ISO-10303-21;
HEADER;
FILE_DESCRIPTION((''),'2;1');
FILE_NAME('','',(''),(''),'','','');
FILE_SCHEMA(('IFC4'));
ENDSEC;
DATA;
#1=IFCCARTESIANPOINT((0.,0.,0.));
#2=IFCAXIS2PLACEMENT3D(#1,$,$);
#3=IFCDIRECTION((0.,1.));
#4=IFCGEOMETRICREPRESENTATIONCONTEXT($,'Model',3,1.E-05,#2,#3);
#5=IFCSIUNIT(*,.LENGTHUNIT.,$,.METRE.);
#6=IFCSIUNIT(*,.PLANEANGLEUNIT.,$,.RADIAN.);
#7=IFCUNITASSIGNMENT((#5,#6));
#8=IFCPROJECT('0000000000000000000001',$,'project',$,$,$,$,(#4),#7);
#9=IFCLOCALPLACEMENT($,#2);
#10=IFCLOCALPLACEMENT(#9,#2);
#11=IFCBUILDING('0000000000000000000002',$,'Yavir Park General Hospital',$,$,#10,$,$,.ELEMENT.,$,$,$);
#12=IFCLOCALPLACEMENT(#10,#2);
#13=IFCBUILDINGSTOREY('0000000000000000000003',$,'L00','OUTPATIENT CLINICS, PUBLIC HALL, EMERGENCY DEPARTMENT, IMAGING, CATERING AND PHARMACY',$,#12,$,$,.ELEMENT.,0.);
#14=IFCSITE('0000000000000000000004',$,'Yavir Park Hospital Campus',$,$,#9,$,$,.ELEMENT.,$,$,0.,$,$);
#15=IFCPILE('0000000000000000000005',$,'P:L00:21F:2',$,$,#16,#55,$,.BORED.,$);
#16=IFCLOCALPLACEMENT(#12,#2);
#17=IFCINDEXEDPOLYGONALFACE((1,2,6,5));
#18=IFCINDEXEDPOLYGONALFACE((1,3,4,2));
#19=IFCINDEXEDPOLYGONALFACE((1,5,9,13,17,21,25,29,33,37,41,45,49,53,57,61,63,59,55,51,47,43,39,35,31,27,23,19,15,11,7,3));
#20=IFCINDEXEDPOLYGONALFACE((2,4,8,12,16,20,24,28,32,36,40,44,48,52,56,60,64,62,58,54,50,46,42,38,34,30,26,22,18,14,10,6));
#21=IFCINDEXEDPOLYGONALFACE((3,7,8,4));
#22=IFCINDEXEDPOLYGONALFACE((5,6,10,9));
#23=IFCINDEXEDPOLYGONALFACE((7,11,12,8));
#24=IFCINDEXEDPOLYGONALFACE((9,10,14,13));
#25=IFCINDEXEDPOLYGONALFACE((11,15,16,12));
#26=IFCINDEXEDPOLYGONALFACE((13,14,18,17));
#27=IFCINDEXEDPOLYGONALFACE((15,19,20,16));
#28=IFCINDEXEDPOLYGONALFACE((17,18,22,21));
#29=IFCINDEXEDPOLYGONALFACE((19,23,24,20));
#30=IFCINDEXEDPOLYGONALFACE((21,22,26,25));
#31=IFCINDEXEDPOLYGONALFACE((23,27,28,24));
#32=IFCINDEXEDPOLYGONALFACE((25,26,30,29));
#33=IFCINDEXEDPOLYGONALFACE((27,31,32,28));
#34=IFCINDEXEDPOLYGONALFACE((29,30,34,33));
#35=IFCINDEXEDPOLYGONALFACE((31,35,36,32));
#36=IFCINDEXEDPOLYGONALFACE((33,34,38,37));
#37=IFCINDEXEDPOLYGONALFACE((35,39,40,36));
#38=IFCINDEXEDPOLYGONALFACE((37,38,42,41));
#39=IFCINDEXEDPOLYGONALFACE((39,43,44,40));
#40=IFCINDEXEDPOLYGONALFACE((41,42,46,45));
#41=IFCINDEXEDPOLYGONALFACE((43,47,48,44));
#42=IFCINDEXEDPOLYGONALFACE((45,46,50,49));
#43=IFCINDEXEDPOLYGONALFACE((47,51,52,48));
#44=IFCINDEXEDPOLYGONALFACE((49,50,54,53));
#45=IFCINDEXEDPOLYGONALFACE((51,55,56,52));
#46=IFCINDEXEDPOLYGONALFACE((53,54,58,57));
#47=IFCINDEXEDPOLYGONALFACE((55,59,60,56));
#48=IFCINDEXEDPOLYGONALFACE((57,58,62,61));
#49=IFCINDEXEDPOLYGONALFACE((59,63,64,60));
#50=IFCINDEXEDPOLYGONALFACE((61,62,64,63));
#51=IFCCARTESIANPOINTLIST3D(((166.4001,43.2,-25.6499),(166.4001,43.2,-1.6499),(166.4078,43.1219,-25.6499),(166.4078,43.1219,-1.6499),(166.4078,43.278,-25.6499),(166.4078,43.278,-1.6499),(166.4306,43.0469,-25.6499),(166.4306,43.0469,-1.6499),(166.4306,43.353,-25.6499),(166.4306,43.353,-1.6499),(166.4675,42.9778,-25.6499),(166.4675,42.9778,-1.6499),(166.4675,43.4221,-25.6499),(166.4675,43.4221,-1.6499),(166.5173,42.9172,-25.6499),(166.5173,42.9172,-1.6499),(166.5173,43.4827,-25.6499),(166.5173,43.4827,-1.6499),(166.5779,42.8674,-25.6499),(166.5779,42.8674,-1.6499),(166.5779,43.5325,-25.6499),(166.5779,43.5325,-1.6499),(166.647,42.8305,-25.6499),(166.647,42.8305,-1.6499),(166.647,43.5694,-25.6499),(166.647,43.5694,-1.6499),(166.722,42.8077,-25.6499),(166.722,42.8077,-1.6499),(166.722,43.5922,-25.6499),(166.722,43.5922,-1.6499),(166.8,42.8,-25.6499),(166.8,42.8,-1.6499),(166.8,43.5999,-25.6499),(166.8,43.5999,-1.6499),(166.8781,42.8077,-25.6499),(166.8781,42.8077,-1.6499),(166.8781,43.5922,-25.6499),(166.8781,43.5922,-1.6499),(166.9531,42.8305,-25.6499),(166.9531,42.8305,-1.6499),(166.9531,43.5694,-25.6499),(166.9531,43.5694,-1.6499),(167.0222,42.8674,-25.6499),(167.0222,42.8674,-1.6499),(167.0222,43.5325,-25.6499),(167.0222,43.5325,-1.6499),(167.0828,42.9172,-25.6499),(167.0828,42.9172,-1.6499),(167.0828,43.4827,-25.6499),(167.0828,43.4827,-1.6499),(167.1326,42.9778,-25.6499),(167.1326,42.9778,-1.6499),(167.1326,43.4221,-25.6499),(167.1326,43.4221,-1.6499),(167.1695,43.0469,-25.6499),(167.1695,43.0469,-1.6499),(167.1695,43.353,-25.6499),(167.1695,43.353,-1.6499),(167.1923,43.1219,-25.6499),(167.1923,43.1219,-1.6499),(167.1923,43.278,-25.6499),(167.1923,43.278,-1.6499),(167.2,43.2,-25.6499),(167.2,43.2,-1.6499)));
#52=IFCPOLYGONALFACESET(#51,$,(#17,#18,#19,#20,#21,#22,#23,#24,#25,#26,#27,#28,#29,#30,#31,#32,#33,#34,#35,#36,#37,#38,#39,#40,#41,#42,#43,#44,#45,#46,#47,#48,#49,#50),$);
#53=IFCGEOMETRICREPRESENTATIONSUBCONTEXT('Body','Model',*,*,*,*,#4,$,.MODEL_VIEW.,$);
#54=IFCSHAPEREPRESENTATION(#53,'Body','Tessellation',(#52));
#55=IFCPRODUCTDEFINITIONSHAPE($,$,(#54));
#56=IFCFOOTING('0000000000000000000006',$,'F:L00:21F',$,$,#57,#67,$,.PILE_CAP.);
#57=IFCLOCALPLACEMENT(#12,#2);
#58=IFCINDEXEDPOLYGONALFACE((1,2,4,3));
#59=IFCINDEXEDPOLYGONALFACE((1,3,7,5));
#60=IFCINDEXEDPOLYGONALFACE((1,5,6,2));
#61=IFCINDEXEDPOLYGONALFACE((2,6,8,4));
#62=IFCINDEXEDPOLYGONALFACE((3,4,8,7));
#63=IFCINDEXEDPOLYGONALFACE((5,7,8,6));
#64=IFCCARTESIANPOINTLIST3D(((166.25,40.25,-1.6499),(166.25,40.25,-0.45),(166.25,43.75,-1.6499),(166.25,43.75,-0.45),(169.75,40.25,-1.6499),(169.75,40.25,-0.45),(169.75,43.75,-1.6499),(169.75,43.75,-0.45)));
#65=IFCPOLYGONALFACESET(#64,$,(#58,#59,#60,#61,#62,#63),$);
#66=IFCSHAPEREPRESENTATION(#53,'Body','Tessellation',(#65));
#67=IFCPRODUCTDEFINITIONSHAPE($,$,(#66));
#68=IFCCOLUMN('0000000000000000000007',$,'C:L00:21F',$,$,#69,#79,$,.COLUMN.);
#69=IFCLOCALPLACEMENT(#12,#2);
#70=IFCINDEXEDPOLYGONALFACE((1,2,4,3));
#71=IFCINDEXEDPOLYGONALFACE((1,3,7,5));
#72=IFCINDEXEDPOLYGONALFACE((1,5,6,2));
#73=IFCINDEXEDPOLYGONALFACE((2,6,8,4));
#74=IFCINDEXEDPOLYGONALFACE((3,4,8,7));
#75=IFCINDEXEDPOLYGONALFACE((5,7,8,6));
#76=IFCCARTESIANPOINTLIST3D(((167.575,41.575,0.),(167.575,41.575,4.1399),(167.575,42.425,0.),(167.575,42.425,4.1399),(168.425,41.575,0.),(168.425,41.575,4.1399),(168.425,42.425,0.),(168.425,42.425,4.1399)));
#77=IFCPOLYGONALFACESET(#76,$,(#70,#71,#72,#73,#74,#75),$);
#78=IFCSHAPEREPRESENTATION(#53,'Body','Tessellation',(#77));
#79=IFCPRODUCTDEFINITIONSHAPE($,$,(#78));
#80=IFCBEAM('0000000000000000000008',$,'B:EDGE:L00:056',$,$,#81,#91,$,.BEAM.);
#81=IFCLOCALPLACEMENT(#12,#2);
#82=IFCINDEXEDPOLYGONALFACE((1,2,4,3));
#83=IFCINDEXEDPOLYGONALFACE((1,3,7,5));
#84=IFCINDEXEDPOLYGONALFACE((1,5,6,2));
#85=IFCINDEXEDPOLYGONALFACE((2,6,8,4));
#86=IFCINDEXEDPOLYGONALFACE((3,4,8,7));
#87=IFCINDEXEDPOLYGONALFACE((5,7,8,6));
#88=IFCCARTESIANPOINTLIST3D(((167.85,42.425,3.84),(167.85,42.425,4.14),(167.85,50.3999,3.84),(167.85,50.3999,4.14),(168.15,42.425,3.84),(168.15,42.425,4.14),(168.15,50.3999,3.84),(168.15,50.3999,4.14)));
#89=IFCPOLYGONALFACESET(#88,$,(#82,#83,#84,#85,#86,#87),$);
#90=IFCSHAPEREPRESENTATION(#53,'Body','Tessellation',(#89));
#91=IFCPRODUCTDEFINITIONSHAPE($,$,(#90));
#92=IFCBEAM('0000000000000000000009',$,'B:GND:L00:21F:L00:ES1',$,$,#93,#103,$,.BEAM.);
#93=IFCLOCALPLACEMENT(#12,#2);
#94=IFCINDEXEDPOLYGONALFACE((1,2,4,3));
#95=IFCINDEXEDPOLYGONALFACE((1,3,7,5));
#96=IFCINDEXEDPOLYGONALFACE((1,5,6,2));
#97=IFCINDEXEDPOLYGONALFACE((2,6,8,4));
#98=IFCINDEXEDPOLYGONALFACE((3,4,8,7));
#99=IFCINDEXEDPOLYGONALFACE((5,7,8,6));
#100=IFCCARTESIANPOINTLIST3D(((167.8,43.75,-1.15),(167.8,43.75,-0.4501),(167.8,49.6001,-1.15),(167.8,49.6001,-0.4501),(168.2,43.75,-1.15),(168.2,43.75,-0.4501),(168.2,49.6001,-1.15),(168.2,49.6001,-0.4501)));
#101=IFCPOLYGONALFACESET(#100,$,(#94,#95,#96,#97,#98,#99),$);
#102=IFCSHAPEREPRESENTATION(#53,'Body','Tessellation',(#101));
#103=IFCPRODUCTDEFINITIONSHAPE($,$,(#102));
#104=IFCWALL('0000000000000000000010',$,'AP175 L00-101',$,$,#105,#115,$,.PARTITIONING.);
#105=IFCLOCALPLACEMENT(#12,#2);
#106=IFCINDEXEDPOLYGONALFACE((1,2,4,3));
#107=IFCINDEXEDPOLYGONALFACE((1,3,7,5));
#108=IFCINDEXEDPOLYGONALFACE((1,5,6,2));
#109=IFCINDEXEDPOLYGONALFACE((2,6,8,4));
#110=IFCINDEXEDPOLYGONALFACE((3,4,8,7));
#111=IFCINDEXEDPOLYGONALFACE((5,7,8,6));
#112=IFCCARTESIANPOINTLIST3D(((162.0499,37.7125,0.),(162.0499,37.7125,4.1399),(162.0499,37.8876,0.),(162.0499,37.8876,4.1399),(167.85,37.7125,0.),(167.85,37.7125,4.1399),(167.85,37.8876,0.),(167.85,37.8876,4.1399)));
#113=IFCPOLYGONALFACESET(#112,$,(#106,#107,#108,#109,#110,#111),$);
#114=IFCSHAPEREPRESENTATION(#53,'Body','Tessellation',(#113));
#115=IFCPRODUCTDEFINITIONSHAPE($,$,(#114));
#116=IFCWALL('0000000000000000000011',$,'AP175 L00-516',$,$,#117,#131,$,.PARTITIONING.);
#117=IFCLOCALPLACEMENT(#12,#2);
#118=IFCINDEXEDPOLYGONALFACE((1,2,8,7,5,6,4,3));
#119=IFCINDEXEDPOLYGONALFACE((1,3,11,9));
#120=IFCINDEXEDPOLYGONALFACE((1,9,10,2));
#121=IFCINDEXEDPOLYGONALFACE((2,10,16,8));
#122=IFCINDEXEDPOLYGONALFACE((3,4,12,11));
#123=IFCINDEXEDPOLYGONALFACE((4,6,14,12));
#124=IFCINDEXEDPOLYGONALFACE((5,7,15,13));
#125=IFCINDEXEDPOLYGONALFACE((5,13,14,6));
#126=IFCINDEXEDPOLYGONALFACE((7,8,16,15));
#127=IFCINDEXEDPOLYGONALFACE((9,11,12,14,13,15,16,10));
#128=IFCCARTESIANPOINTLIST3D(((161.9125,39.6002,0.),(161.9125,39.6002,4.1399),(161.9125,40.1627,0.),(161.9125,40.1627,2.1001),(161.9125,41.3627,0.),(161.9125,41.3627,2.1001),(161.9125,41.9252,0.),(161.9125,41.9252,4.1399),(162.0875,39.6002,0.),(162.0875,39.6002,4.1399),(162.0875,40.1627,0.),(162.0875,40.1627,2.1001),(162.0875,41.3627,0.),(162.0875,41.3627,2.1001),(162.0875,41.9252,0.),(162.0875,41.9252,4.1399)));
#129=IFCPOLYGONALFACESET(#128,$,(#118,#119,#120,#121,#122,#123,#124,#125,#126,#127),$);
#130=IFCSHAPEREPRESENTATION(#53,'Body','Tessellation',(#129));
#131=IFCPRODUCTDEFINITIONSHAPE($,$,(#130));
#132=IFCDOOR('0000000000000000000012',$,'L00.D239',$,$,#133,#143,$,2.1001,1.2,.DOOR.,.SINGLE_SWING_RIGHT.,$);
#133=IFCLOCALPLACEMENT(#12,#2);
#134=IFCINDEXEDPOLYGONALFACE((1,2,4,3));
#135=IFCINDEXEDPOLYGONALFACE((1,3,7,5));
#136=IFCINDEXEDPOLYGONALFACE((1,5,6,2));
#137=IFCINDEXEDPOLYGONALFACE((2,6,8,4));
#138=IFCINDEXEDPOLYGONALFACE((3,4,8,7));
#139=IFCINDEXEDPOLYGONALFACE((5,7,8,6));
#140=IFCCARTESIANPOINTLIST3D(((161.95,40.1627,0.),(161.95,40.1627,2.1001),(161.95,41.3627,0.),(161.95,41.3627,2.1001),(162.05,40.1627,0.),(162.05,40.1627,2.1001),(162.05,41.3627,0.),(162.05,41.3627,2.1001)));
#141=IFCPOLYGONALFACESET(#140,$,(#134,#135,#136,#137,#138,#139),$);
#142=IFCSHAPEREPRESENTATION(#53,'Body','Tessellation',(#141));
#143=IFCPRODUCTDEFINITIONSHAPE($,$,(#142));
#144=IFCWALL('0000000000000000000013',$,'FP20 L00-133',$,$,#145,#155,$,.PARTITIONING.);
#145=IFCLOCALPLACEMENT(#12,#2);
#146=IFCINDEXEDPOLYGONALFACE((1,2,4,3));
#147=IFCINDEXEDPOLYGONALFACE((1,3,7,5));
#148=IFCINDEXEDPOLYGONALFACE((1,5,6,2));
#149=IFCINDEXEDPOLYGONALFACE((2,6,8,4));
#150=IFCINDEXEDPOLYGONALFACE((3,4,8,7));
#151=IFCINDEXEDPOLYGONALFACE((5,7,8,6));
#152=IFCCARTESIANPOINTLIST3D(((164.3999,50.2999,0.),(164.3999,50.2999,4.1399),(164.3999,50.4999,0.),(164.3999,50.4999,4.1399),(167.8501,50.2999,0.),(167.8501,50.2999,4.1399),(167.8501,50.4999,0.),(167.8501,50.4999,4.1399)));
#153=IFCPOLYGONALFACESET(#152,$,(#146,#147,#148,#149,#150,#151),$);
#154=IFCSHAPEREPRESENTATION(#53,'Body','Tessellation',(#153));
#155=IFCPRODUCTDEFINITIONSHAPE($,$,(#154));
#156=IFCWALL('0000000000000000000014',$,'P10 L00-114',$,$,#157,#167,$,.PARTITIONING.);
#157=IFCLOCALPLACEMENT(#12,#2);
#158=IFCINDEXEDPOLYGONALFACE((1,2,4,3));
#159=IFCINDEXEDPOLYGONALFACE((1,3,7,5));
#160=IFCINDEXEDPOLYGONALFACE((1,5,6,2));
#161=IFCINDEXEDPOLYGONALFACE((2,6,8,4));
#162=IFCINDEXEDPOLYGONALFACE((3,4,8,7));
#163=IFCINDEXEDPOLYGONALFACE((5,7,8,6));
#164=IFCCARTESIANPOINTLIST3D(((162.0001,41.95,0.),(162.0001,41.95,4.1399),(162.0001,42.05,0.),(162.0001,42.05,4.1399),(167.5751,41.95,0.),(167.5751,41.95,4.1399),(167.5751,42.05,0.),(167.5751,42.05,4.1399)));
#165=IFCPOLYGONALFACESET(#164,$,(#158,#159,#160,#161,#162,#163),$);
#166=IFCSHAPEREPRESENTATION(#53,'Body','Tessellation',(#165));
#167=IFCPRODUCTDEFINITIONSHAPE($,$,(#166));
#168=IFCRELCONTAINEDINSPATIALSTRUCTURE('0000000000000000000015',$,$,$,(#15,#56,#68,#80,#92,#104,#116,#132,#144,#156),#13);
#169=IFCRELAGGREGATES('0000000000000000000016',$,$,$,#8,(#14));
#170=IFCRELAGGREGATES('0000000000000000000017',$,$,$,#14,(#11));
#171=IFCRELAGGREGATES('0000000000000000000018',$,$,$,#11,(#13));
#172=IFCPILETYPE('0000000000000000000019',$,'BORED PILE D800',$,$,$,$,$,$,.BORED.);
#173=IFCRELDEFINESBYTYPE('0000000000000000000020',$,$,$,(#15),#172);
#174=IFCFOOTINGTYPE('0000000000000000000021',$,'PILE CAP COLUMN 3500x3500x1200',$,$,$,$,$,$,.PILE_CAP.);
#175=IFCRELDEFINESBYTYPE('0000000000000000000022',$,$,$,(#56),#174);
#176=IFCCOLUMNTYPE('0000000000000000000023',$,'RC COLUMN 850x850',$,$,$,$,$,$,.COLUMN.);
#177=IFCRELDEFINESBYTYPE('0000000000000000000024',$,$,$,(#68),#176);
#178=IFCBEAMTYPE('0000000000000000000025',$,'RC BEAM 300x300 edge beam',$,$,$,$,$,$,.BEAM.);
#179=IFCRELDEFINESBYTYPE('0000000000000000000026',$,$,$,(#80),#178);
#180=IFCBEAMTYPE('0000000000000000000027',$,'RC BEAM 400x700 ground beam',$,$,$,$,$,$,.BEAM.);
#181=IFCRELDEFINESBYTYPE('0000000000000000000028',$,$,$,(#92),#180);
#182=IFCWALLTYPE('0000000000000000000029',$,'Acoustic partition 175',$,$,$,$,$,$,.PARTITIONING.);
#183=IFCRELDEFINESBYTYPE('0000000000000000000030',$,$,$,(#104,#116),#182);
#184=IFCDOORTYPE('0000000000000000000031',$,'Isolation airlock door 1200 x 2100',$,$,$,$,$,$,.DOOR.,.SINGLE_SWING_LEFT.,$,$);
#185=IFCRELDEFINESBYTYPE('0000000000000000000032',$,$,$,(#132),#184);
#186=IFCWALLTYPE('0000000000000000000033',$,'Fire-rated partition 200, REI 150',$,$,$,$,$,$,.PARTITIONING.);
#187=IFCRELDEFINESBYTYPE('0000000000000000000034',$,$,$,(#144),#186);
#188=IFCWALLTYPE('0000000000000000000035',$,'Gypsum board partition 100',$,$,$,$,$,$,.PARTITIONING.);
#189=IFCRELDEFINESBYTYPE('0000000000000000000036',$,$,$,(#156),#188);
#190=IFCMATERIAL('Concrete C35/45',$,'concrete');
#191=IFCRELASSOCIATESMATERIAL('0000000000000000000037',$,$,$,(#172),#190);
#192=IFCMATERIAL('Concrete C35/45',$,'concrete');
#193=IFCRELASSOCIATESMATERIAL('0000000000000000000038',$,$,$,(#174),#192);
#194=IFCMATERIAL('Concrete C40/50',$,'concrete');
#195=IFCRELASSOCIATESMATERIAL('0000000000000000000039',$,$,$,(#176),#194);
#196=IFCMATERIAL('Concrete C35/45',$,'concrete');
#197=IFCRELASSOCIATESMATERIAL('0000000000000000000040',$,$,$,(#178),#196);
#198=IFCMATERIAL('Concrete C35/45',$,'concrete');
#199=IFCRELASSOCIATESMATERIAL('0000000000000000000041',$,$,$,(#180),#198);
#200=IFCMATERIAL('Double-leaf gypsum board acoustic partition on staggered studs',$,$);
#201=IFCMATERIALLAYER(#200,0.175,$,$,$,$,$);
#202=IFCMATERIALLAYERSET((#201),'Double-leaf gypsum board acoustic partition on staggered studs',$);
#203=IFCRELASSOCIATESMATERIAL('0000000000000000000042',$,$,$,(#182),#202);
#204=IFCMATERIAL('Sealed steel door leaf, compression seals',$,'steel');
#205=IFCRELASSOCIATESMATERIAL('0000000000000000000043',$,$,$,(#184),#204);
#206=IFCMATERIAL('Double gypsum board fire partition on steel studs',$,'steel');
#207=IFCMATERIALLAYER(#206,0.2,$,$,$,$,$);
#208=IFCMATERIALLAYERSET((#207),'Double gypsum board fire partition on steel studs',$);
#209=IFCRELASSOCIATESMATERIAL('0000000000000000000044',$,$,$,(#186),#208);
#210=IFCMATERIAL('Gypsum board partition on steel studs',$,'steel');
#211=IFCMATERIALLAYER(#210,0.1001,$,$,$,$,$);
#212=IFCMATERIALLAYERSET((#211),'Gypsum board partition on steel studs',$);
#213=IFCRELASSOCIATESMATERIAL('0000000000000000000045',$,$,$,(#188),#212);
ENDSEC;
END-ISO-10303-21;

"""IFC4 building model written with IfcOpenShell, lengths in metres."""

from ifc_helpers import new_model, si_unit, direction, frame, frame_2d, origin, origin_2d, place, context, subcontext, project, spatial, rectangle, circle, extrude, material, layer, layer_set, material_profile, profile_set, type_object, element, fill, save


model = new_model("IFC4")

# Units and contexts
model_context = context("Model", 3, precision=1e-05, world=origin(), true_north=direction((0.0, 1.0)))
body_context = subcontext(model_context, "Body", "Model", "MODEL_VIEW")
ifc_project = project(units=[si_unit("LENGTHUNIT", "METRE"), si_unit("PLANEANGLEUNIT", "RADIAN")], contexts=[model_context])

# Site, building, storey
site_placement = place(None, origin())
site = spatial("IfcSite", under=ifc_project, at=site_placement, Name="Yavir Park Hospital Campus", CompositionType="ELEMENT", RefElevation=0.0)
building_placement = place(site_placement, origin())
building = spatial("IfcBuilding", under=site, at=building_placement, Name="Yavir Park General Hospital", CompositionType="ELEMENT")
storey_placement = place(building_placement, origin())
storey = spatial("IfcBuildingStorey", under=building, at=storey_placement, Name="L00", Description="OUTPATIENT CLINICS, PUBLIC HALL, EMERGENCY DEPARTMENT, IMAGING, CATERING AND PHARMACY", CompositionType="ELEMENT", Elevation=0.0)

# Pile
ifc_material_1 = material(Name="Concrete C35/45", Category="concrete")
ifc_material_profile_1 = material_profile(ifc_material_1, circle(Radius=0.3999, at=origin_2d()), Name="D800")
ifc_profile_set_1 = profile_set([ifc_material_profile_1], Name="Concrete C35/45")
pile_type_1 = type_object("IfcPileType", Name="BORED PILE D800", PredefinedType="BORED", material=ifc_profile_set_1)
for number, where, z_axis, x_axis, name in (
    (1, (166.8, 43.2, -1.6499), (0.0, 0.0, -1.0), (1.0, 0.0, 0.0), "P:L00:21F:2"),
):
    element("IfcPile", number, at=place(storey_placement, frame(where, z_axis=z_axis, x_axis=x_axis)), inside=storey, type_object=pile_type_1, Name=name, PredefinedType="BORED", context=body_context, shape_type="SweptSolid", body=[
        extrude(circle(Radius=0.3999, at=origin_2d()), origin(), (0.0, 0.0, 1.0), 24.0),
    ])

# Footing
ifc_material_2 = material(Name="Concrete C35/45", Category="concrete")
footing_type = type_object("IfcFootingType", Name="PILE CAP COLUMN 3500x3500x1200", PredefinedType="PILE_CAP", material=ifc_material_2)
footing_placement = place(storey_placement, frame((168.0, 42.0, -1.6499), z_axis=(0.0, 0.0, 1.0), x_axis=(1.0, 0.0, 0.0)))
element("IfcFooting", 2, at=footing_placement, inside=storey, type_object=footing_type, Name="F:L00:21F", PredefinedType="PILE_CAP", context=body_context, shape_type="SweptSolid", body=[
    extrude(rectangle(XDim=3.5, YDim=3.5, at=origin_2d()), origin(), (0.0, 0.0, 1.0), 1.2),
])

# Column
ifc_material_3 = material(Name="Concrete C40/50", Category="concrete")
ifc_material_profile_2 = material_profile(ifc_material_3, rectangle(XDim=0.8501, YDim=0.8501, at=origin_2d()), Name="RC850x850")
ifc_profile_set_2 = profile_set([ifc_material_profile_2], Name="Concrete C40/50")
column_type = type_object("IfcColumnType", Name="RC COLUMN 850x850", PredefinedType="COLUMN", material=ifc_profile_set_2)
column_placement = place(storey_placement, frame((168.0, 42.0, 0.0), z_axis=(0.0, 0.0, 1.0), x_axis=(1.0, 0.0, 0.0)))
element("IfcColumn", 3, at=column_placement, inside=storey, type_object=column_type, Name="C:L00:21F", PredefinedType="COLUMN", context=body_context, shape_type="SweptSolid", body=[
    extrude(rectangle(XDim=0.8501, YDim=0.8501, at=origin_2d()), origin(), (0.0, 0.0, 1.0), 4.1399),
])

# Beams
ifc_material_4 = material(Name="Concrete C35/45", Category="concrete")
ifc_material_profile_3 = material_profile(ifc_material_4, rectangle(XDim=0.3, YDim=0.3, at=origin_2d()), Name="RC300x300")
ifc_profile_set_3 = profile_set([ifc_material_profile_3], Name="Concrete C35/45")
beam_type_1 = type_object("IfcBeamType", Name="RC BEAM 300x300 edge beam", PredefinedType="BEAM", material=ifc_profile_set_3)
beam_1_placement = place(storey_placement, frame((168.0, 42.425, 3.99), z_axis=(0.0, 1.0, 0.0), x_axis=(-1.0, 0.0, 0.0)))
element("IfcBeam", 4, at=beam_1_placement, inside=storey, type_object=beam_type_1, Name="B:EDGE:L00:056", PredefinedType="BEAM", context=body_context, shape_type="SweptSolid", body=[
    extrude(rectangle(XDim=0.3, YDim=0.3, at=origin_2d()), origin(), (0.0, 0.0, 1.0), 7.9749),
])
ifc_material_5 = material(Name="Concrete C35/45", Category="concrete")
ifc_material_profile_4 = material_profile(ifc_material_5, rectangle(XDim=0.3999, YDim=0.7, at=origin_2d()), Name="RC400x700")
ifc_profile_set_4 = profile_set([ifc_material_profile_4], Name="Concrete C35/45")
beam_type_2 = type_object("IfcBeamType", Name="RC BEAM 400x700 ground beam", PredefinedType="BEAM", material=ifc_profile_set_4)
beam_2_placement = place(storey_placement, frame((168.0, 43.75, -0.8), z_axis=(0.0, 1.0, 0.0), x_axis=(-1.0, 0.0, 0.0)))
element("IfcBeam", 5, at=beam_2_placement, inside=storey, type_object=beam_type_2, Name="B:GND:L00:21F:L00:ES1", PredefinedType="BEAM", context=body_context, shape_type="SweptSolid", body=[
    extrude(rectangle(XDim=0.3999, YDim=0.7, at=origin_2d()), origin(), (0.0, 0.0, 1.0), 5.8501),
])

# Wall
ifc_material_6 = material(Name="Double-leaf gypsum board acoustic partition on staggered studs")
ifc_layer_1 = layer(ifc_material_6, 0.175)
ifc_layer_set_1 = layer_set([ifc_layer_1], Name="Double-leaf gypsum board acoustic partition on staggered studs")
wall_type_1 = type_object("IfcWallType", Name="Acoustic partition 175", PredefinedType="PARTITIONING", material=ifc_layer_set_1)
wall_1_placement = place(storey_placement, frame((162.05, 37.8, 0.0), z_axis=(0.0, 0.0, 1.0), x_axis=(1.0, 0.0, 0.0)))
element("IfcWall", 6, at=wall_1_placement, inside=storey, type_object=wall_type_1, Name="AP175 L00-101", PredefinedType="PARTITIONING", context=body_context, shape_type="SweptSolid", body=[
    extrude(rectangle(XDim=5.8, YDim=0.175, at=frame_2d((2.8999, 0.0))), origin(), (0.0, 0.0, 1.0), 4.1399),
])

# Wall, opening, door
wall_2_placement = place(storey_placement, frame((162.0, 39.6001, 0.0), z_axis=(0.0, 0.0, 1.0), x_axis=(0.0, 1.0, 0.0)))
wall_2 = element("IfcWall", 7, at=wall_2_placement, inside=storey, type_object=wall_type_1, Name="AP175 L00-516", PredefinedType="PARTITIONING", context=body_context, shape_type="SweptSolid", body=[
    extrude(rectangle(XDim=2.325, YDim=0.175, at=frame_2d((1.1626, 0.0))), origin(), (0.0, 0.0, 1.0), 4.1399),
])
opening_1_placement = place(wall_2_placement, frame((0.5625, 0.0, 0.0)))
opening_1 = element("IfcOpeningElement", 8, at=opening_1_placement, cuts=wall_2, PredefinedType="OPENING", context=body_context, shape_type="SweptSolid", body=[
    extrude(rectangle(XDim=1.2, YDim=2.1001, at=frame_2d((0.6001, 1.05))), frame((0.0, 0.0974, 0.0), z_axis=(0.0, -1.0, 0.0), x_axis=(1.0, 0.0, 0.0)), (0.0, 0.0, 1.0), 0.1951),
])
ifc_material_7 = material(Name="Sealed steel door leaf, compression seals", Category="steel")
door_type_1 = type_object("IfcDoorType", Name="Isolation airlock door 1200 x 2100", OperationType="SINGLE_SWING_LEFT", PredefinedType="DOOR", material=ifc_material_7)
door_1_placement = place(opening_1_placement, origin())
door_1 = element("IfcDoor", 9, at=door_1_placement, inside=storey, type_object=door_type_1, Name="L00.D239", OperationType="SINGLE_SWING_RIGHT", OverallHeight=2.1001, OverallWidth=1.2, PredefinedType="DOOR", context=body_context, shape_type="SweptSolid", body=[
    extrude(rectangle(XDim=1.2, YDim=2.1001, at=frame_2d((0.6001, 1.05))), frame((0.0, 0.05, 0.0), z_axis=(0.0, -1.0, 0.0), x_axis=(1.0, 0.0, 0.0)), (0.0, 0.0, 1.0), 0.1001),
])
fill(opening_1, door_1)

# Walls
ifc_material_8 = material(Name="Double gypsum board fire partition on steel studs", Category="steel")
ifc_layer_2 = layer(ifc_material_8, 0.2)
ifc_layer_set_2 = layer_set([ifc_layer_2], Name="Double gypsum board fire partition on steel studs")
wall_type_2 = type_object("IfcWallType", Name="Fire-rated partition 200, REI 150", PredefinedType="PARTITIONING", material=ifc_layer_set_2)
wall_3_placement = place(storey_placement, frame((164.3999, 50.3999, 0.0), z_axis=(0.0, 0.0, 1.0), x_axis=(1.0, 0.0, 0.0)))
element("IfcWall", 10, at=wall_3_placement, inside=storey, type_object=wall_type_2, Name="FP20 L00-133", PredefinedType="PARTITIONING", context=body_context, shape_type="SweptSolid", body=[
    extrude(rectangle(XDim=3.4502, YDim=0.2, at=frame_2d((1.7251, 0.0))), origin(), (0.0, 0.0, 1.0), 4.1399),
])
ifc_material_9 = material(Name="Gypsum board partition on steel studs", Category="steel")
ifc_layer_3 = layer(ifc_material_9, 0.1001)
ifc_layer_set_3 = layer_set([ifc_layer_3], Name="Gypsum board partition on steel studs")
wall_type_3 = type_object("IfcWallType", Name="Gypsum board partition 100", PredefinedType="PARTITIONING", material=ifc_layer_set_3)
wall_4_placement = place(storey_placement, frame((162.0, 42.0, 0.0), z_axis=(0.0, 0.0, 1.0), x_axis=(1.0, 0.0, 0.0)))
element("IfcWall", 11, at=wall_4_placement, inside=storey, type_object=wall_type_3, Name="P10 L00-114", PredefinedType="PARTITIONING", context=body_context, shape_type="SweptSolid", body=[
    extrude(rectangle(XDim=5.575, YDim=0.1001, at=frame_2d((2.7876, 0.0))), origin(), (0.0, 0.0, 1.0), 4.1399),
])

save(model, "model.ifc")
